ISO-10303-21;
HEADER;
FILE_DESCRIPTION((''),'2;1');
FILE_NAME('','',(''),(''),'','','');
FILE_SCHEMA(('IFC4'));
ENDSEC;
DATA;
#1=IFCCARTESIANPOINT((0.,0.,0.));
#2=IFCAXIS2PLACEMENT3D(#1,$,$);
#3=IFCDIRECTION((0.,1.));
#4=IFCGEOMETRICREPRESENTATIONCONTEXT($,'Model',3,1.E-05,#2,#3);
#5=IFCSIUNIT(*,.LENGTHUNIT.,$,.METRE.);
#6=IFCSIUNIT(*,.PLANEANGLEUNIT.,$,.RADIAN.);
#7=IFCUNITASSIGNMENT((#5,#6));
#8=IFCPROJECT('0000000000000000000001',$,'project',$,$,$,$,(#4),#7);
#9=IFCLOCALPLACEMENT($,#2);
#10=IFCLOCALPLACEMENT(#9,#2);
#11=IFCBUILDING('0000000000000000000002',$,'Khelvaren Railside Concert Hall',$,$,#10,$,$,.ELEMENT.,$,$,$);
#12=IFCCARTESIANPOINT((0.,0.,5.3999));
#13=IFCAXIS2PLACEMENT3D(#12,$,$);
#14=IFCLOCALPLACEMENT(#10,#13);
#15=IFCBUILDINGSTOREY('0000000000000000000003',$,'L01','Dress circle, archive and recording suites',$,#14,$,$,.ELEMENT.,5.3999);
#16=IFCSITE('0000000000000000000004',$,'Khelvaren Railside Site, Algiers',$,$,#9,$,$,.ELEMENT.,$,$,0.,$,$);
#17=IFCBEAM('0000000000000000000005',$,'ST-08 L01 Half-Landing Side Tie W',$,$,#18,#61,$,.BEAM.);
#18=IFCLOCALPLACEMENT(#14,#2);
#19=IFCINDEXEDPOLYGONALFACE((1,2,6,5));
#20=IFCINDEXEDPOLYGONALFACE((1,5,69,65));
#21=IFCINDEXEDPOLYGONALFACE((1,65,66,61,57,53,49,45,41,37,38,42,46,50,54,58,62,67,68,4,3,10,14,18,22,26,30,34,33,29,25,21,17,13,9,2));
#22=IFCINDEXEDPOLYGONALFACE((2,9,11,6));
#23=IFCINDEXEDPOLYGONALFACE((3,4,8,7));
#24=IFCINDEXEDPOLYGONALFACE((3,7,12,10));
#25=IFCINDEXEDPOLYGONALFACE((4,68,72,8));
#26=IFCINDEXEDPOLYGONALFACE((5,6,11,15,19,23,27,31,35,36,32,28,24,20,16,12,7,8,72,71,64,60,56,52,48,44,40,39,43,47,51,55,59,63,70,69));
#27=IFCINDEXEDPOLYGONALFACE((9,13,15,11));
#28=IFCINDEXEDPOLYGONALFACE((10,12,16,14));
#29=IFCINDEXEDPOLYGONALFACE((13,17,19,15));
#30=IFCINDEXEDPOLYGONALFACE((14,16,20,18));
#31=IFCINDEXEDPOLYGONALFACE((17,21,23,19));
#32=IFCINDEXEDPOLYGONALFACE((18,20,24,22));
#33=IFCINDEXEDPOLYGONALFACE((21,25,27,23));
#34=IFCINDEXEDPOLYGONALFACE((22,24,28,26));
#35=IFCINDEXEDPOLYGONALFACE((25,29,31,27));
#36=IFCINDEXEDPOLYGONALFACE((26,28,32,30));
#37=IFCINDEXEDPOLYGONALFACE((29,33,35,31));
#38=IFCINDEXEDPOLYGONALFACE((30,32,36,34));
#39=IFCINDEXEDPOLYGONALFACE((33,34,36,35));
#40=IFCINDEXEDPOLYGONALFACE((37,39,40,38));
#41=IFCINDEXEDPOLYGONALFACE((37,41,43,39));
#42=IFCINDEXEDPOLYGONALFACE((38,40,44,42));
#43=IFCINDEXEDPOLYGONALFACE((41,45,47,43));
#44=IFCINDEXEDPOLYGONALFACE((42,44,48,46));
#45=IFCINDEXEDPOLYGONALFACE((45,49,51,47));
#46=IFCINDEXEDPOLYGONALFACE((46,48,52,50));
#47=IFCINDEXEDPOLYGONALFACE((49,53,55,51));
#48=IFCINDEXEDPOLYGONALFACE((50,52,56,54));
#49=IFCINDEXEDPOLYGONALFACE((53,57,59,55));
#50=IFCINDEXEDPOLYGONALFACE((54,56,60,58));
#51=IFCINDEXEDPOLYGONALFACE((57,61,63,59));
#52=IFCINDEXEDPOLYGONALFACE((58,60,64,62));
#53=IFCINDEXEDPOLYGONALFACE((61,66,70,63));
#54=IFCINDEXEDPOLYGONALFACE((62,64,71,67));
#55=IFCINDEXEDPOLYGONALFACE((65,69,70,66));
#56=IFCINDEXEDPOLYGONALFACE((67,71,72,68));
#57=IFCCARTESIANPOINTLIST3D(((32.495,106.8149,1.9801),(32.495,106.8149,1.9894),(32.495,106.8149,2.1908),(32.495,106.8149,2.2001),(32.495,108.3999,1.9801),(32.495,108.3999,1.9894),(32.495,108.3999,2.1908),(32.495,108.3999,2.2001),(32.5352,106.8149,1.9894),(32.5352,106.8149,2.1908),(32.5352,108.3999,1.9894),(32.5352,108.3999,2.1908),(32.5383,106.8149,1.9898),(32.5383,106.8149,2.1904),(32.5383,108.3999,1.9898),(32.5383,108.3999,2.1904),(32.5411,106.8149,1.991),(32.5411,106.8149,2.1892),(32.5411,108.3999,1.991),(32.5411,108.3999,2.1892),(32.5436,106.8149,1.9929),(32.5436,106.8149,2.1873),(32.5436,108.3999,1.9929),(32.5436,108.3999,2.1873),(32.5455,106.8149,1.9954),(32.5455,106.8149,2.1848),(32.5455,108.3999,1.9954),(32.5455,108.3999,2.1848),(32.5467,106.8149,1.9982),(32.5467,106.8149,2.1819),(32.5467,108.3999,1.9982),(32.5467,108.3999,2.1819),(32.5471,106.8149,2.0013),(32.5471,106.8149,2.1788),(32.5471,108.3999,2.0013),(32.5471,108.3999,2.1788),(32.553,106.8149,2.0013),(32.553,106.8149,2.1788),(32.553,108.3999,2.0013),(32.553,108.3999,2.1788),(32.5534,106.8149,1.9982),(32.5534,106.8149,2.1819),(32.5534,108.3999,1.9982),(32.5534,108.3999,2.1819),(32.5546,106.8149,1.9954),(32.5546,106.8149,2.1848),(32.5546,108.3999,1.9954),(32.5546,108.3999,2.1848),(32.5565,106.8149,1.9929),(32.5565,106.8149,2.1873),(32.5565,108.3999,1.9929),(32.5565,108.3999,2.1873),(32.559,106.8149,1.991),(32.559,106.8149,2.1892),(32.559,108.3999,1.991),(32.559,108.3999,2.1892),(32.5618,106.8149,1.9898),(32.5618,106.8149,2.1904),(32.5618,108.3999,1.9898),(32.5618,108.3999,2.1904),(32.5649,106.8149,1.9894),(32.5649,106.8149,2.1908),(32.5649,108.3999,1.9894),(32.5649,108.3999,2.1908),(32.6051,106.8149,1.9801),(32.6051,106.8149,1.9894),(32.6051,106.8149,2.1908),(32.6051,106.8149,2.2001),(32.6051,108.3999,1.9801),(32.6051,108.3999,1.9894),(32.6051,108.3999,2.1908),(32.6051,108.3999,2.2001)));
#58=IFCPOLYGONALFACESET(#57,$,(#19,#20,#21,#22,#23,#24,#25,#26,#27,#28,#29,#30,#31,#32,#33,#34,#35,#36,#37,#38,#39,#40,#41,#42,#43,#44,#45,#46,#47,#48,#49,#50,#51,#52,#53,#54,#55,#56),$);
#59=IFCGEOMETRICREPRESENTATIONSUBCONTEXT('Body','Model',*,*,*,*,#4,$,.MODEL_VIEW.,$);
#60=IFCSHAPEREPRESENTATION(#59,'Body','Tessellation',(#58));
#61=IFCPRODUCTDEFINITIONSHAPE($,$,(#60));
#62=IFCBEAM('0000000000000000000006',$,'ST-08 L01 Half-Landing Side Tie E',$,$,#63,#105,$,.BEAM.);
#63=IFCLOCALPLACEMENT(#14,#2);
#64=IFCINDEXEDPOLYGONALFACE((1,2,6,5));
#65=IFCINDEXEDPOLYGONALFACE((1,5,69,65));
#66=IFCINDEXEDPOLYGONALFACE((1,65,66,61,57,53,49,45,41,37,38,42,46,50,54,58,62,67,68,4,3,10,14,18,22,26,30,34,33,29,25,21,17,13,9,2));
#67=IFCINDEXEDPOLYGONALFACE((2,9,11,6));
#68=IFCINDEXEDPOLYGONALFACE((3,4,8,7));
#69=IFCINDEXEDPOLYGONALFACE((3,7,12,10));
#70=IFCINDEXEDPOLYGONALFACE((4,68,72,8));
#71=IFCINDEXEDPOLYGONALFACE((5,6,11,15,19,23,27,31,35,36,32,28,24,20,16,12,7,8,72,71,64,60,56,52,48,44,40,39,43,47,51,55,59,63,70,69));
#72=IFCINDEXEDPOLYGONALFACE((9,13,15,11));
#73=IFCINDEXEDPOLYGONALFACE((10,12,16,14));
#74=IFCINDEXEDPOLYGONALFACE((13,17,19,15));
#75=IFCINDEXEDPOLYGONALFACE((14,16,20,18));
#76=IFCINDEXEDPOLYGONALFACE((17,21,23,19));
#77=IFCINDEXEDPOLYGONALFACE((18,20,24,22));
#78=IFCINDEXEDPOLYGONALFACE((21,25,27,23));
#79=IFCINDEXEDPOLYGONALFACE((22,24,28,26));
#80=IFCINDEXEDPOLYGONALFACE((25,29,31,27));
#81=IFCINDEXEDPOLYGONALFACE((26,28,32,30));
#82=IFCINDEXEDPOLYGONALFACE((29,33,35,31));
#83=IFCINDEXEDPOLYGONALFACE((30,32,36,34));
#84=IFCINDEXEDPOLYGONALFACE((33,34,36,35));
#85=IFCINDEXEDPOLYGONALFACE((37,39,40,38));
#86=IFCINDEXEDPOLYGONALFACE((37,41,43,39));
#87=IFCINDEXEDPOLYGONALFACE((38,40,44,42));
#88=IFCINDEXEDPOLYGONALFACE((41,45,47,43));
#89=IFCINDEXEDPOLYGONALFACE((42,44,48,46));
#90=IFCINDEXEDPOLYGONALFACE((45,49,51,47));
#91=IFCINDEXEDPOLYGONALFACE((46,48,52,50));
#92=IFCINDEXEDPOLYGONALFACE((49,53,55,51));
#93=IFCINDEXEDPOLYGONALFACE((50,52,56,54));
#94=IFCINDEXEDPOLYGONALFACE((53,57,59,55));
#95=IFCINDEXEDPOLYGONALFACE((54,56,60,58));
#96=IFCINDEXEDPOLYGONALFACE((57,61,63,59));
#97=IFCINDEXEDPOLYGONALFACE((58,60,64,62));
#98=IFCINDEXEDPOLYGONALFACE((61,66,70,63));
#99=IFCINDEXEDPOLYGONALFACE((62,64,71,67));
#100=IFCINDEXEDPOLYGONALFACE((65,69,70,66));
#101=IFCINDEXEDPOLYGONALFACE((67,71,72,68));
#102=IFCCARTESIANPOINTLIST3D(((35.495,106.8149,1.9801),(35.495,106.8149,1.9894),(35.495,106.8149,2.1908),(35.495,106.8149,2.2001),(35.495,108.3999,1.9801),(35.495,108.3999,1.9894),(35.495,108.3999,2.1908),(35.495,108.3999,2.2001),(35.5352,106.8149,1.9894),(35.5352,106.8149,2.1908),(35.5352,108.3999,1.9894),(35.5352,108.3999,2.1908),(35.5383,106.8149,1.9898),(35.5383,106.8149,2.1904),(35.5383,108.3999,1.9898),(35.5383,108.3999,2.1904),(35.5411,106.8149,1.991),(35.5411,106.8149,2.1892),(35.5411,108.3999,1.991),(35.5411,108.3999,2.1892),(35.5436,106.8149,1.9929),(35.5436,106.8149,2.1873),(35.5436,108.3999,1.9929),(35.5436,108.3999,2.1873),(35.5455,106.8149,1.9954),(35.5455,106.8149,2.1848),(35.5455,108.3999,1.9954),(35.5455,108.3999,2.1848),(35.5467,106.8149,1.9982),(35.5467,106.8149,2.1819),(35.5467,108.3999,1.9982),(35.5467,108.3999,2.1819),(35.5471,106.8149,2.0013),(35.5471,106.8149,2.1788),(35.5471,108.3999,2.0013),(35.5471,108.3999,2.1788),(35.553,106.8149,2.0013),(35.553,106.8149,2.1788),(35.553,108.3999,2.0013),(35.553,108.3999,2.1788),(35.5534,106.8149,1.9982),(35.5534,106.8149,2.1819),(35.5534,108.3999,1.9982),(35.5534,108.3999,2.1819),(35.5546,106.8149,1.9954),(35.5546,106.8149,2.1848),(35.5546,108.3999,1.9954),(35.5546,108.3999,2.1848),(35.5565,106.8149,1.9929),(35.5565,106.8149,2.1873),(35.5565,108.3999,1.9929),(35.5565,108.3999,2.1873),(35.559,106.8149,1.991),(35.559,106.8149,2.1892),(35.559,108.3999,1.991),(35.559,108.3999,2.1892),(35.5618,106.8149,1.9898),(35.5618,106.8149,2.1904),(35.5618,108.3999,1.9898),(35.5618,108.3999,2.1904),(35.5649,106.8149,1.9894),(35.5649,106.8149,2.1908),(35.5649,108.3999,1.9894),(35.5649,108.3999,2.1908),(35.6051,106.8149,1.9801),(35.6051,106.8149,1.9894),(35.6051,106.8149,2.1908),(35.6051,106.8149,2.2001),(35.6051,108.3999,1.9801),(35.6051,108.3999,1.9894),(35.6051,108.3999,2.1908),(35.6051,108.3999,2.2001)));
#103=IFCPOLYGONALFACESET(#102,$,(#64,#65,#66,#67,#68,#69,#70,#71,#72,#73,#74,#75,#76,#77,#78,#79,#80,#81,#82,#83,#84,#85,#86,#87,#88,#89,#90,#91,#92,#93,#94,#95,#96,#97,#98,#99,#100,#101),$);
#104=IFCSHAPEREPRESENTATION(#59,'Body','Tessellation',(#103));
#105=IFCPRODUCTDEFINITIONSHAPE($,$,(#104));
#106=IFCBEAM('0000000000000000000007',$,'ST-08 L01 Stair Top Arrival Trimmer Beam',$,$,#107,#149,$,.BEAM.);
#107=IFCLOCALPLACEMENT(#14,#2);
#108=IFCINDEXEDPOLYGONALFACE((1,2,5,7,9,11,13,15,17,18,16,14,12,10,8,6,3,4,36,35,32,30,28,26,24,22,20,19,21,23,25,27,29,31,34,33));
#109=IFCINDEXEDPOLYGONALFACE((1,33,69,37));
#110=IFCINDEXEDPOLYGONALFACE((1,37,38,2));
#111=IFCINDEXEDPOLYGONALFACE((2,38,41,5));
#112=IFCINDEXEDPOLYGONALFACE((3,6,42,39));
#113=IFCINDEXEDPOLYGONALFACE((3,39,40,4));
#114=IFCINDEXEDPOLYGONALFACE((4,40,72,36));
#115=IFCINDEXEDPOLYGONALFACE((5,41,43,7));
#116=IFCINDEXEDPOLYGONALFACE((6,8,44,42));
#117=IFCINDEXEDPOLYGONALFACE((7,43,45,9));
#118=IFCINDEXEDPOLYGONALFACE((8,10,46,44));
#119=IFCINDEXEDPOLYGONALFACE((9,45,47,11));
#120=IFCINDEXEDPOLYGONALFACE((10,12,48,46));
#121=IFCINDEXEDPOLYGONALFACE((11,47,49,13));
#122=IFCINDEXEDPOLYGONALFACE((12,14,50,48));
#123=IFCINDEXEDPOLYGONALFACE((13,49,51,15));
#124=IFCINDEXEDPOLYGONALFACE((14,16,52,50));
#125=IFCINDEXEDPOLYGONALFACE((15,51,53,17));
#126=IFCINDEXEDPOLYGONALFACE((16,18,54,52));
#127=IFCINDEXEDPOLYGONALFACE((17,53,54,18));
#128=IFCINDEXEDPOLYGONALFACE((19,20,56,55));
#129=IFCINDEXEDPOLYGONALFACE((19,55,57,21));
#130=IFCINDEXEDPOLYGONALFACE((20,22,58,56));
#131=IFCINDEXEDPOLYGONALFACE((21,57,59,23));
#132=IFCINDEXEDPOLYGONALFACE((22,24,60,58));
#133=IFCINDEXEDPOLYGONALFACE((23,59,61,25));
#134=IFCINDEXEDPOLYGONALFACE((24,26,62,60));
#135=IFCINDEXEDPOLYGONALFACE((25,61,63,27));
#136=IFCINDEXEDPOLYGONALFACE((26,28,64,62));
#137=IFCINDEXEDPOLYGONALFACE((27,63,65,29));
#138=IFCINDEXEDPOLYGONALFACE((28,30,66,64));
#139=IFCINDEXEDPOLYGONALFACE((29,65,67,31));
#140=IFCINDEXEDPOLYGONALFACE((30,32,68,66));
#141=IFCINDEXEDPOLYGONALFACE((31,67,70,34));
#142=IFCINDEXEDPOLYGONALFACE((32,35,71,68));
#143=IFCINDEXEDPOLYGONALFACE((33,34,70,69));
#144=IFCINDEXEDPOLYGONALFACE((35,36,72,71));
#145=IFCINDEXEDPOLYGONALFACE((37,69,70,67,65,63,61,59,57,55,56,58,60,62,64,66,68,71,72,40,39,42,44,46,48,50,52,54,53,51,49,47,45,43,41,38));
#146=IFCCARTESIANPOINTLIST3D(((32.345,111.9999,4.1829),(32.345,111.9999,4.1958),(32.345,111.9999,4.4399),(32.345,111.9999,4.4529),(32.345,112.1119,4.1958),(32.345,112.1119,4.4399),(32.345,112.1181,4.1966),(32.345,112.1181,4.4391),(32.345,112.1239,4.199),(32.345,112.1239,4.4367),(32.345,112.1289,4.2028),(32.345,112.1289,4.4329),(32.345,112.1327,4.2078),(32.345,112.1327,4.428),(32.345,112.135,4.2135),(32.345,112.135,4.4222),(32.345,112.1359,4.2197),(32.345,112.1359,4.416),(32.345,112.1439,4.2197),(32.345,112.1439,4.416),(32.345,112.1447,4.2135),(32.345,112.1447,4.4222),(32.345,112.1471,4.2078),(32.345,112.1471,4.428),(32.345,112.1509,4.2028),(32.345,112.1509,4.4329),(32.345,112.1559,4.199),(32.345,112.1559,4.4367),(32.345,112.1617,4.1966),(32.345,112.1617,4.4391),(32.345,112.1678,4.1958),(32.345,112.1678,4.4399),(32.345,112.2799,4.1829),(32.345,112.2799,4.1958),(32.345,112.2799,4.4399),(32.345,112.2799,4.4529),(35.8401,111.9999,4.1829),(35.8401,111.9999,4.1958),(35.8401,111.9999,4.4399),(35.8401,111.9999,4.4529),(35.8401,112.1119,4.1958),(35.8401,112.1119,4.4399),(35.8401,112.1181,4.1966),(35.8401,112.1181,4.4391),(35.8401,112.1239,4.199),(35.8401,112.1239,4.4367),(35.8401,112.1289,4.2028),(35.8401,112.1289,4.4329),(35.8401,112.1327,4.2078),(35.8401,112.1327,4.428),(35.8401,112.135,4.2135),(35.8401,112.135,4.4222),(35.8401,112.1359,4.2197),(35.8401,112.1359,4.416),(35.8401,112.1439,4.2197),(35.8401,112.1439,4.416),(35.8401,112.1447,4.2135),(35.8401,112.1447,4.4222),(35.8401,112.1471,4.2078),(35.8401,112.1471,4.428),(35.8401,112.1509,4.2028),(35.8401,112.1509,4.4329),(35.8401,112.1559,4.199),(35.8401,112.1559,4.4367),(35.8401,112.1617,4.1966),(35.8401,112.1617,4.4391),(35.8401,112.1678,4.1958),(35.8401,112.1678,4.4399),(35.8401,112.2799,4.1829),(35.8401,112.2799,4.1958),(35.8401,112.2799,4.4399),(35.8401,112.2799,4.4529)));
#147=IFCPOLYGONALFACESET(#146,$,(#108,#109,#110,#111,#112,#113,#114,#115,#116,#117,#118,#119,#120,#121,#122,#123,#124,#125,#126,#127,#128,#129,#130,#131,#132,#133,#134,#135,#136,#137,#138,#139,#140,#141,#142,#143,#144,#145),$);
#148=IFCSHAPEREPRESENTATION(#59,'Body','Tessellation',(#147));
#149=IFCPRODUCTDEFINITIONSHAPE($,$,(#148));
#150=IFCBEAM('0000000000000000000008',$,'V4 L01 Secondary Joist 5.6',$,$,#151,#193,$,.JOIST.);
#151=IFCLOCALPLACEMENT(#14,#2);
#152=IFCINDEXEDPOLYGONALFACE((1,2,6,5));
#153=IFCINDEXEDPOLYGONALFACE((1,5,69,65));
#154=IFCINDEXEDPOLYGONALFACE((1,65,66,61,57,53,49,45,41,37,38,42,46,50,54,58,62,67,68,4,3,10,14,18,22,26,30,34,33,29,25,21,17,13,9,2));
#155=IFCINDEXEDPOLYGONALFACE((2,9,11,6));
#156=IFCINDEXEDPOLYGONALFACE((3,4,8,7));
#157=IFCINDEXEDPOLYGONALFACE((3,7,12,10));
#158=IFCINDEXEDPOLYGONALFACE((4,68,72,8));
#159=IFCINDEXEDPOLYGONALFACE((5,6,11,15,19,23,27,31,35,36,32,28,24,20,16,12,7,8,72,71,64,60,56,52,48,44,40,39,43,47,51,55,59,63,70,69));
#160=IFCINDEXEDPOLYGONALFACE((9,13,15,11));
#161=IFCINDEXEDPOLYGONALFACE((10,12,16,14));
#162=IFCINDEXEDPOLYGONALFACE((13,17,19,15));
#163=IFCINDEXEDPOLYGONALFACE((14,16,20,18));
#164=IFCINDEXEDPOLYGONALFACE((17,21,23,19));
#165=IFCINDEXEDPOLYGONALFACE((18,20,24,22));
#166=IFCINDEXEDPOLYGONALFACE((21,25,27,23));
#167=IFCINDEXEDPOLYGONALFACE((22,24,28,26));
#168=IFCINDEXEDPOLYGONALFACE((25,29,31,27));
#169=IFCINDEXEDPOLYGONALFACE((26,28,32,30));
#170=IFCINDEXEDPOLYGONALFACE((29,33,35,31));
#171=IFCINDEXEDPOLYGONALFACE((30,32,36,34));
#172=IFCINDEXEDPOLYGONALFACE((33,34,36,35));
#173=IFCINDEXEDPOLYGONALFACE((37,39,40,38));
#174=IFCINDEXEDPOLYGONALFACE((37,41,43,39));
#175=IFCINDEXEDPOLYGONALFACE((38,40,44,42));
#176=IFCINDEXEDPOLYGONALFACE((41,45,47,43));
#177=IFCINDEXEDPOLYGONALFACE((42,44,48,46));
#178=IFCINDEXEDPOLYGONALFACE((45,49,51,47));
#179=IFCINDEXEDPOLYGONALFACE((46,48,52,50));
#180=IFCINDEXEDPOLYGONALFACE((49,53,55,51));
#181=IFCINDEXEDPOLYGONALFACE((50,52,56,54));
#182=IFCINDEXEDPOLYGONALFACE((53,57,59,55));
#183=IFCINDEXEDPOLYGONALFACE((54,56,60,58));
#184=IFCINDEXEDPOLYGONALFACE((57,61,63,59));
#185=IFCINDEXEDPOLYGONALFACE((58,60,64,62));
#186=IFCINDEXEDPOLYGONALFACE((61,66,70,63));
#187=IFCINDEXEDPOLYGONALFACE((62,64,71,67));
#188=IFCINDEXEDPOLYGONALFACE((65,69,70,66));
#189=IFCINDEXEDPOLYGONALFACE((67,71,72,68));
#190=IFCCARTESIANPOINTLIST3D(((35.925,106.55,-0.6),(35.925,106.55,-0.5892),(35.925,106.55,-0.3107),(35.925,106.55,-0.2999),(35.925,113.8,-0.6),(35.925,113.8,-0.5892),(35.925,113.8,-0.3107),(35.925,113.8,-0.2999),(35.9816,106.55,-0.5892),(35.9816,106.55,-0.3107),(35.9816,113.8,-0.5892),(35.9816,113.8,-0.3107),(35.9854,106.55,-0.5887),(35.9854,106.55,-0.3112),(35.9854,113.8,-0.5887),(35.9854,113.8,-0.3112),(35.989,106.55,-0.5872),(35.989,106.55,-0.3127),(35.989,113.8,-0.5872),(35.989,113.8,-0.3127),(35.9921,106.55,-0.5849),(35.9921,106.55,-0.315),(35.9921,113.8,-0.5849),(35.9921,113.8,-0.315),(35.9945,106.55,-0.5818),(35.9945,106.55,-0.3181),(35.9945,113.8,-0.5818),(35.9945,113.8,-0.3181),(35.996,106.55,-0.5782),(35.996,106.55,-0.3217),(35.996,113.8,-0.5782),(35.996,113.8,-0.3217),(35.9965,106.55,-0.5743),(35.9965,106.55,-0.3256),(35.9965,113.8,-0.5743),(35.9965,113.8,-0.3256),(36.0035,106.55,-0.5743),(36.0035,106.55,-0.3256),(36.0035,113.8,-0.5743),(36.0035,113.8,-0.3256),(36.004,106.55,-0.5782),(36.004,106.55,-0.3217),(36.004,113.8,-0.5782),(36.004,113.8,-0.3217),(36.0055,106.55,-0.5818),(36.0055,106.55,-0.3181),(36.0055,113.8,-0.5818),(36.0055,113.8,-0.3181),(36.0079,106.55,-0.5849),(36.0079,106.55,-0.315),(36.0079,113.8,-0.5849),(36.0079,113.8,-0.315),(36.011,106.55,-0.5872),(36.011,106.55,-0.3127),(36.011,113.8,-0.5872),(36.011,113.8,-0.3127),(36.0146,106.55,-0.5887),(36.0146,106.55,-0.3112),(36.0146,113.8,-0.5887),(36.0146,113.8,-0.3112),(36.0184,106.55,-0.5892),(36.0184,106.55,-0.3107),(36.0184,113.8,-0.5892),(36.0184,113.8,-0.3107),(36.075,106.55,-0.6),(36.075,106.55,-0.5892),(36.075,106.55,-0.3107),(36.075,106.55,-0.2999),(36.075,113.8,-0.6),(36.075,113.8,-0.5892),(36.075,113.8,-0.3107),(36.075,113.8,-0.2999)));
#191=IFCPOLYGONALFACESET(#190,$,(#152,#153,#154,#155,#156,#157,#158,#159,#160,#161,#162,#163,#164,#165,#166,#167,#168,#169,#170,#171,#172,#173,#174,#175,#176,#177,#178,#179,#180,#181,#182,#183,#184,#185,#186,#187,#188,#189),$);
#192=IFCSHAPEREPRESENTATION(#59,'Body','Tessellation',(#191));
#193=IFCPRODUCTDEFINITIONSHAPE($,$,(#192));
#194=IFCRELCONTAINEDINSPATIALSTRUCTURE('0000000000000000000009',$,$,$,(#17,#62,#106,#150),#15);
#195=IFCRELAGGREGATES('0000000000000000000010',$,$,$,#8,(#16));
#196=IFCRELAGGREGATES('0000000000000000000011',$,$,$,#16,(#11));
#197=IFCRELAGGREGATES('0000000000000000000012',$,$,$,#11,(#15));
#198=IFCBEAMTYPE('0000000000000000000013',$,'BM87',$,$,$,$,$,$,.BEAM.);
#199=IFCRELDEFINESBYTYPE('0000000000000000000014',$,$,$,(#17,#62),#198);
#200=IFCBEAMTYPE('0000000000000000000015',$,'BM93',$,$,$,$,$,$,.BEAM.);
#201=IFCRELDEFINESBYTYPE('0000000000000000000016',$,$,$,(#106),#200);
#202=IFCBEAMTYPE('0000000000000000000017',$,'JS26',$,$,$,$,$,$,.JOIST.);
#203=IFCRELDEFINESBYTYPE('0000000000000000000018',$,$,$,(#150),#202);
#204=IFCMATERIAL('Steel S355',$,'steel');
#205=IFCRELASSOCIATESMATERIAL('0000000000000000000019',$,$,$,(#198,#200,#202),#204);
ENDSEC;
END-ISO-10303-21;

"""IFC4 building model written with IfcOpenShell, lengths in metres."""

from ifc_helpers import new_model, si_unit, direction, frame, origin, origin_2d, place, context, subcontext, project, spatial, i_section, extrude, material, material_profile, profile_set, type_object, element, save


model = new_model("IFC4")

# Units and contexts
model_context = context("Model", 3, precision=1e-05, world=origin(), true_north=direction((0.0, 1.0)))
body_context = subcontext(model_context, "Body", "Model", "MODEL_VIEW")
ifc_project = project(units=[si_unit("LENGTHUNIT", "METRE"), si_unit("PLANEANGLEUNIT", "RADIAN")], contexts=[model_context])

# Site, building, storey
site_placement = place(None, origin())
site = spatial("IfcSite", under=ifc_project, at=site_placement, Name="Khelvaren Railside Site, Algiers", CompositionType="ELEMENT", RefElevation=0.0)
building_placement = place(site_placement, origin())
building = spatial("IfcBuilding", under=site, at=building_placement, Name="Khelvaren Railside Concert Hall", CompositionType="ELEMENT")
storey_placement = place(building_placement, frame((0.0, 0.0, 5.3999)))
storey = spatial("IfcBuildingStorey", under=building, at=storey_placement, Name="L01", Description="Dress circle, archive and recording suites", CompositionType="ELEMENT", Elevation=5.3999)

# Beams
ifc_material_1 = material(Name="Steel S355", Category="steel")
ifc_material_profile_1 = material_profile(ifc_material_1, i_section(OverallWidth=0.1101, OverallDepth=0.22, WebThickness=0.0059, FlangeThickness=0.0093, FilletRadius=0.012, at=origin_2d()), Name="IPE 220")
ifc_profile_set_1 = profile_set([ifc_material_profile_1], Name="Steel S355")
beam_type_1 = type_object("IfcBeamType", Name="BM87", PredefinedType="BEAM", material=ifc_profile_set_1)
for number, where, z_axis, x_axis, name in (
    (1, (32.55, 106.8149, 2.0901), (0.0, 1.0, 0.0), (-1.0, 0.0, 0.0), "ST-08 L01 Half-Landing Side Tie W"),
    (2, (35.55, 106.8149, 2.0901), (0.0, 1.0, 0.0), (-1.0, 0.0, 0.0), "ST-08 L01 Half-Landing Side Tie E"),
):
    element("IfcBeam", number, at=place(storey_placement, frame(where, z_axis=z_axis, x_axis=x_axis)), inside=storey, type_object=beam_type_1, Name=name, PredefinedType="BEAM", context=body_context, shape_type="SweptSolid", body=[
        extrude(i_section(OverallWidth=0.1101, OverallDepth=0.22, WebThickness=0.0059, FlangeThickness=0.0093, FilletRadius=0.012, at=origin_2d()), origin(), (0.0, 0.0, 1.0), 1.585),
    ])
ifc_material_profile_2 = material_profile(ifc_material_1, i_section(OverallWidth=0.28, OverallDepth=0.27, WebThickness=0.0081, FlangeThickness=0.0129, FilletRadius=0.0239, at=origin_2d()), Name="HEA 280")
ifc_profile_set_2 = profile_set([ifc_material_profile_2], Name="Steel S355")
beam_type_2 = type_object("IfcBeamType", Name="BM93", PredefinedType="BEAM", material=ifc_profile_set_2)
beam_1_placement = place(storey_placement, frame((32.345, 112.1399, 4.3179), z_axis=(1.0, 0.0, 0.0), x_axis=(0.0, 1.0, 0.0)))
element("IfcBeam", 3, at=beam_1_placement, inside=storey, type_object=beam_type_2, Name="ST-08 L01 Stair Top Arrival Trimmer Beam", PredefinedType="BEAM", context=body_context, shape_type="SweptSolid", body=[
    extrude(i_section(OverallWidth=0.28, OverallDepth=0.27, WebThickness=0.0081, FlangeThickness=0.0129, FilletRadius=0.0239, at=origin_2d()), origin(), (0.0, 0.0, 1.0), 3.4951),
])
ifc_material_profile_3 = material_profile(ifc_material_1, i_section(OverallWidth=0.1499, OverallDepth=0.3, WebThickness=0.0071, FlangeThickness=0.0107, FilletRadius=0.0149, at=origin_2d()), Name="IPE 300")
ifc_profile_set_3 = profile_set([ifc_material_profile_3], Name="Steel S355")
beam_type_3 = type_object("IfcBeamType", Name="JS26", PredefinedType="JOIST", material=ifc_profile_set_3)
beam_2_placement = place(storey_placement, frame((36.0, 106.55, -0.45), z_axis=(0.0, 1.0, 0.0), x_axis=(-1.0, 0.0, 0.0)))
element("IfcBeam", 4, at=beam_2_placement, inside=storey, type_object=beam_type_3, Name="V4 L01 Secondary Joist 5.6", PredefinedType="JOIST", context=body_context, shape_type="SweptSolid", body=[
    extrude(i_section(OverallWidth=0.1499, OverallDepth=0.3, WebThickness=0.0071, FlangeThickness=0.0107, FilletRadius=0.0149, at=origin_2d()), origin(), (0.0, 0.0, 1.0), 7.25),
])

save(model, "model.ifc")
